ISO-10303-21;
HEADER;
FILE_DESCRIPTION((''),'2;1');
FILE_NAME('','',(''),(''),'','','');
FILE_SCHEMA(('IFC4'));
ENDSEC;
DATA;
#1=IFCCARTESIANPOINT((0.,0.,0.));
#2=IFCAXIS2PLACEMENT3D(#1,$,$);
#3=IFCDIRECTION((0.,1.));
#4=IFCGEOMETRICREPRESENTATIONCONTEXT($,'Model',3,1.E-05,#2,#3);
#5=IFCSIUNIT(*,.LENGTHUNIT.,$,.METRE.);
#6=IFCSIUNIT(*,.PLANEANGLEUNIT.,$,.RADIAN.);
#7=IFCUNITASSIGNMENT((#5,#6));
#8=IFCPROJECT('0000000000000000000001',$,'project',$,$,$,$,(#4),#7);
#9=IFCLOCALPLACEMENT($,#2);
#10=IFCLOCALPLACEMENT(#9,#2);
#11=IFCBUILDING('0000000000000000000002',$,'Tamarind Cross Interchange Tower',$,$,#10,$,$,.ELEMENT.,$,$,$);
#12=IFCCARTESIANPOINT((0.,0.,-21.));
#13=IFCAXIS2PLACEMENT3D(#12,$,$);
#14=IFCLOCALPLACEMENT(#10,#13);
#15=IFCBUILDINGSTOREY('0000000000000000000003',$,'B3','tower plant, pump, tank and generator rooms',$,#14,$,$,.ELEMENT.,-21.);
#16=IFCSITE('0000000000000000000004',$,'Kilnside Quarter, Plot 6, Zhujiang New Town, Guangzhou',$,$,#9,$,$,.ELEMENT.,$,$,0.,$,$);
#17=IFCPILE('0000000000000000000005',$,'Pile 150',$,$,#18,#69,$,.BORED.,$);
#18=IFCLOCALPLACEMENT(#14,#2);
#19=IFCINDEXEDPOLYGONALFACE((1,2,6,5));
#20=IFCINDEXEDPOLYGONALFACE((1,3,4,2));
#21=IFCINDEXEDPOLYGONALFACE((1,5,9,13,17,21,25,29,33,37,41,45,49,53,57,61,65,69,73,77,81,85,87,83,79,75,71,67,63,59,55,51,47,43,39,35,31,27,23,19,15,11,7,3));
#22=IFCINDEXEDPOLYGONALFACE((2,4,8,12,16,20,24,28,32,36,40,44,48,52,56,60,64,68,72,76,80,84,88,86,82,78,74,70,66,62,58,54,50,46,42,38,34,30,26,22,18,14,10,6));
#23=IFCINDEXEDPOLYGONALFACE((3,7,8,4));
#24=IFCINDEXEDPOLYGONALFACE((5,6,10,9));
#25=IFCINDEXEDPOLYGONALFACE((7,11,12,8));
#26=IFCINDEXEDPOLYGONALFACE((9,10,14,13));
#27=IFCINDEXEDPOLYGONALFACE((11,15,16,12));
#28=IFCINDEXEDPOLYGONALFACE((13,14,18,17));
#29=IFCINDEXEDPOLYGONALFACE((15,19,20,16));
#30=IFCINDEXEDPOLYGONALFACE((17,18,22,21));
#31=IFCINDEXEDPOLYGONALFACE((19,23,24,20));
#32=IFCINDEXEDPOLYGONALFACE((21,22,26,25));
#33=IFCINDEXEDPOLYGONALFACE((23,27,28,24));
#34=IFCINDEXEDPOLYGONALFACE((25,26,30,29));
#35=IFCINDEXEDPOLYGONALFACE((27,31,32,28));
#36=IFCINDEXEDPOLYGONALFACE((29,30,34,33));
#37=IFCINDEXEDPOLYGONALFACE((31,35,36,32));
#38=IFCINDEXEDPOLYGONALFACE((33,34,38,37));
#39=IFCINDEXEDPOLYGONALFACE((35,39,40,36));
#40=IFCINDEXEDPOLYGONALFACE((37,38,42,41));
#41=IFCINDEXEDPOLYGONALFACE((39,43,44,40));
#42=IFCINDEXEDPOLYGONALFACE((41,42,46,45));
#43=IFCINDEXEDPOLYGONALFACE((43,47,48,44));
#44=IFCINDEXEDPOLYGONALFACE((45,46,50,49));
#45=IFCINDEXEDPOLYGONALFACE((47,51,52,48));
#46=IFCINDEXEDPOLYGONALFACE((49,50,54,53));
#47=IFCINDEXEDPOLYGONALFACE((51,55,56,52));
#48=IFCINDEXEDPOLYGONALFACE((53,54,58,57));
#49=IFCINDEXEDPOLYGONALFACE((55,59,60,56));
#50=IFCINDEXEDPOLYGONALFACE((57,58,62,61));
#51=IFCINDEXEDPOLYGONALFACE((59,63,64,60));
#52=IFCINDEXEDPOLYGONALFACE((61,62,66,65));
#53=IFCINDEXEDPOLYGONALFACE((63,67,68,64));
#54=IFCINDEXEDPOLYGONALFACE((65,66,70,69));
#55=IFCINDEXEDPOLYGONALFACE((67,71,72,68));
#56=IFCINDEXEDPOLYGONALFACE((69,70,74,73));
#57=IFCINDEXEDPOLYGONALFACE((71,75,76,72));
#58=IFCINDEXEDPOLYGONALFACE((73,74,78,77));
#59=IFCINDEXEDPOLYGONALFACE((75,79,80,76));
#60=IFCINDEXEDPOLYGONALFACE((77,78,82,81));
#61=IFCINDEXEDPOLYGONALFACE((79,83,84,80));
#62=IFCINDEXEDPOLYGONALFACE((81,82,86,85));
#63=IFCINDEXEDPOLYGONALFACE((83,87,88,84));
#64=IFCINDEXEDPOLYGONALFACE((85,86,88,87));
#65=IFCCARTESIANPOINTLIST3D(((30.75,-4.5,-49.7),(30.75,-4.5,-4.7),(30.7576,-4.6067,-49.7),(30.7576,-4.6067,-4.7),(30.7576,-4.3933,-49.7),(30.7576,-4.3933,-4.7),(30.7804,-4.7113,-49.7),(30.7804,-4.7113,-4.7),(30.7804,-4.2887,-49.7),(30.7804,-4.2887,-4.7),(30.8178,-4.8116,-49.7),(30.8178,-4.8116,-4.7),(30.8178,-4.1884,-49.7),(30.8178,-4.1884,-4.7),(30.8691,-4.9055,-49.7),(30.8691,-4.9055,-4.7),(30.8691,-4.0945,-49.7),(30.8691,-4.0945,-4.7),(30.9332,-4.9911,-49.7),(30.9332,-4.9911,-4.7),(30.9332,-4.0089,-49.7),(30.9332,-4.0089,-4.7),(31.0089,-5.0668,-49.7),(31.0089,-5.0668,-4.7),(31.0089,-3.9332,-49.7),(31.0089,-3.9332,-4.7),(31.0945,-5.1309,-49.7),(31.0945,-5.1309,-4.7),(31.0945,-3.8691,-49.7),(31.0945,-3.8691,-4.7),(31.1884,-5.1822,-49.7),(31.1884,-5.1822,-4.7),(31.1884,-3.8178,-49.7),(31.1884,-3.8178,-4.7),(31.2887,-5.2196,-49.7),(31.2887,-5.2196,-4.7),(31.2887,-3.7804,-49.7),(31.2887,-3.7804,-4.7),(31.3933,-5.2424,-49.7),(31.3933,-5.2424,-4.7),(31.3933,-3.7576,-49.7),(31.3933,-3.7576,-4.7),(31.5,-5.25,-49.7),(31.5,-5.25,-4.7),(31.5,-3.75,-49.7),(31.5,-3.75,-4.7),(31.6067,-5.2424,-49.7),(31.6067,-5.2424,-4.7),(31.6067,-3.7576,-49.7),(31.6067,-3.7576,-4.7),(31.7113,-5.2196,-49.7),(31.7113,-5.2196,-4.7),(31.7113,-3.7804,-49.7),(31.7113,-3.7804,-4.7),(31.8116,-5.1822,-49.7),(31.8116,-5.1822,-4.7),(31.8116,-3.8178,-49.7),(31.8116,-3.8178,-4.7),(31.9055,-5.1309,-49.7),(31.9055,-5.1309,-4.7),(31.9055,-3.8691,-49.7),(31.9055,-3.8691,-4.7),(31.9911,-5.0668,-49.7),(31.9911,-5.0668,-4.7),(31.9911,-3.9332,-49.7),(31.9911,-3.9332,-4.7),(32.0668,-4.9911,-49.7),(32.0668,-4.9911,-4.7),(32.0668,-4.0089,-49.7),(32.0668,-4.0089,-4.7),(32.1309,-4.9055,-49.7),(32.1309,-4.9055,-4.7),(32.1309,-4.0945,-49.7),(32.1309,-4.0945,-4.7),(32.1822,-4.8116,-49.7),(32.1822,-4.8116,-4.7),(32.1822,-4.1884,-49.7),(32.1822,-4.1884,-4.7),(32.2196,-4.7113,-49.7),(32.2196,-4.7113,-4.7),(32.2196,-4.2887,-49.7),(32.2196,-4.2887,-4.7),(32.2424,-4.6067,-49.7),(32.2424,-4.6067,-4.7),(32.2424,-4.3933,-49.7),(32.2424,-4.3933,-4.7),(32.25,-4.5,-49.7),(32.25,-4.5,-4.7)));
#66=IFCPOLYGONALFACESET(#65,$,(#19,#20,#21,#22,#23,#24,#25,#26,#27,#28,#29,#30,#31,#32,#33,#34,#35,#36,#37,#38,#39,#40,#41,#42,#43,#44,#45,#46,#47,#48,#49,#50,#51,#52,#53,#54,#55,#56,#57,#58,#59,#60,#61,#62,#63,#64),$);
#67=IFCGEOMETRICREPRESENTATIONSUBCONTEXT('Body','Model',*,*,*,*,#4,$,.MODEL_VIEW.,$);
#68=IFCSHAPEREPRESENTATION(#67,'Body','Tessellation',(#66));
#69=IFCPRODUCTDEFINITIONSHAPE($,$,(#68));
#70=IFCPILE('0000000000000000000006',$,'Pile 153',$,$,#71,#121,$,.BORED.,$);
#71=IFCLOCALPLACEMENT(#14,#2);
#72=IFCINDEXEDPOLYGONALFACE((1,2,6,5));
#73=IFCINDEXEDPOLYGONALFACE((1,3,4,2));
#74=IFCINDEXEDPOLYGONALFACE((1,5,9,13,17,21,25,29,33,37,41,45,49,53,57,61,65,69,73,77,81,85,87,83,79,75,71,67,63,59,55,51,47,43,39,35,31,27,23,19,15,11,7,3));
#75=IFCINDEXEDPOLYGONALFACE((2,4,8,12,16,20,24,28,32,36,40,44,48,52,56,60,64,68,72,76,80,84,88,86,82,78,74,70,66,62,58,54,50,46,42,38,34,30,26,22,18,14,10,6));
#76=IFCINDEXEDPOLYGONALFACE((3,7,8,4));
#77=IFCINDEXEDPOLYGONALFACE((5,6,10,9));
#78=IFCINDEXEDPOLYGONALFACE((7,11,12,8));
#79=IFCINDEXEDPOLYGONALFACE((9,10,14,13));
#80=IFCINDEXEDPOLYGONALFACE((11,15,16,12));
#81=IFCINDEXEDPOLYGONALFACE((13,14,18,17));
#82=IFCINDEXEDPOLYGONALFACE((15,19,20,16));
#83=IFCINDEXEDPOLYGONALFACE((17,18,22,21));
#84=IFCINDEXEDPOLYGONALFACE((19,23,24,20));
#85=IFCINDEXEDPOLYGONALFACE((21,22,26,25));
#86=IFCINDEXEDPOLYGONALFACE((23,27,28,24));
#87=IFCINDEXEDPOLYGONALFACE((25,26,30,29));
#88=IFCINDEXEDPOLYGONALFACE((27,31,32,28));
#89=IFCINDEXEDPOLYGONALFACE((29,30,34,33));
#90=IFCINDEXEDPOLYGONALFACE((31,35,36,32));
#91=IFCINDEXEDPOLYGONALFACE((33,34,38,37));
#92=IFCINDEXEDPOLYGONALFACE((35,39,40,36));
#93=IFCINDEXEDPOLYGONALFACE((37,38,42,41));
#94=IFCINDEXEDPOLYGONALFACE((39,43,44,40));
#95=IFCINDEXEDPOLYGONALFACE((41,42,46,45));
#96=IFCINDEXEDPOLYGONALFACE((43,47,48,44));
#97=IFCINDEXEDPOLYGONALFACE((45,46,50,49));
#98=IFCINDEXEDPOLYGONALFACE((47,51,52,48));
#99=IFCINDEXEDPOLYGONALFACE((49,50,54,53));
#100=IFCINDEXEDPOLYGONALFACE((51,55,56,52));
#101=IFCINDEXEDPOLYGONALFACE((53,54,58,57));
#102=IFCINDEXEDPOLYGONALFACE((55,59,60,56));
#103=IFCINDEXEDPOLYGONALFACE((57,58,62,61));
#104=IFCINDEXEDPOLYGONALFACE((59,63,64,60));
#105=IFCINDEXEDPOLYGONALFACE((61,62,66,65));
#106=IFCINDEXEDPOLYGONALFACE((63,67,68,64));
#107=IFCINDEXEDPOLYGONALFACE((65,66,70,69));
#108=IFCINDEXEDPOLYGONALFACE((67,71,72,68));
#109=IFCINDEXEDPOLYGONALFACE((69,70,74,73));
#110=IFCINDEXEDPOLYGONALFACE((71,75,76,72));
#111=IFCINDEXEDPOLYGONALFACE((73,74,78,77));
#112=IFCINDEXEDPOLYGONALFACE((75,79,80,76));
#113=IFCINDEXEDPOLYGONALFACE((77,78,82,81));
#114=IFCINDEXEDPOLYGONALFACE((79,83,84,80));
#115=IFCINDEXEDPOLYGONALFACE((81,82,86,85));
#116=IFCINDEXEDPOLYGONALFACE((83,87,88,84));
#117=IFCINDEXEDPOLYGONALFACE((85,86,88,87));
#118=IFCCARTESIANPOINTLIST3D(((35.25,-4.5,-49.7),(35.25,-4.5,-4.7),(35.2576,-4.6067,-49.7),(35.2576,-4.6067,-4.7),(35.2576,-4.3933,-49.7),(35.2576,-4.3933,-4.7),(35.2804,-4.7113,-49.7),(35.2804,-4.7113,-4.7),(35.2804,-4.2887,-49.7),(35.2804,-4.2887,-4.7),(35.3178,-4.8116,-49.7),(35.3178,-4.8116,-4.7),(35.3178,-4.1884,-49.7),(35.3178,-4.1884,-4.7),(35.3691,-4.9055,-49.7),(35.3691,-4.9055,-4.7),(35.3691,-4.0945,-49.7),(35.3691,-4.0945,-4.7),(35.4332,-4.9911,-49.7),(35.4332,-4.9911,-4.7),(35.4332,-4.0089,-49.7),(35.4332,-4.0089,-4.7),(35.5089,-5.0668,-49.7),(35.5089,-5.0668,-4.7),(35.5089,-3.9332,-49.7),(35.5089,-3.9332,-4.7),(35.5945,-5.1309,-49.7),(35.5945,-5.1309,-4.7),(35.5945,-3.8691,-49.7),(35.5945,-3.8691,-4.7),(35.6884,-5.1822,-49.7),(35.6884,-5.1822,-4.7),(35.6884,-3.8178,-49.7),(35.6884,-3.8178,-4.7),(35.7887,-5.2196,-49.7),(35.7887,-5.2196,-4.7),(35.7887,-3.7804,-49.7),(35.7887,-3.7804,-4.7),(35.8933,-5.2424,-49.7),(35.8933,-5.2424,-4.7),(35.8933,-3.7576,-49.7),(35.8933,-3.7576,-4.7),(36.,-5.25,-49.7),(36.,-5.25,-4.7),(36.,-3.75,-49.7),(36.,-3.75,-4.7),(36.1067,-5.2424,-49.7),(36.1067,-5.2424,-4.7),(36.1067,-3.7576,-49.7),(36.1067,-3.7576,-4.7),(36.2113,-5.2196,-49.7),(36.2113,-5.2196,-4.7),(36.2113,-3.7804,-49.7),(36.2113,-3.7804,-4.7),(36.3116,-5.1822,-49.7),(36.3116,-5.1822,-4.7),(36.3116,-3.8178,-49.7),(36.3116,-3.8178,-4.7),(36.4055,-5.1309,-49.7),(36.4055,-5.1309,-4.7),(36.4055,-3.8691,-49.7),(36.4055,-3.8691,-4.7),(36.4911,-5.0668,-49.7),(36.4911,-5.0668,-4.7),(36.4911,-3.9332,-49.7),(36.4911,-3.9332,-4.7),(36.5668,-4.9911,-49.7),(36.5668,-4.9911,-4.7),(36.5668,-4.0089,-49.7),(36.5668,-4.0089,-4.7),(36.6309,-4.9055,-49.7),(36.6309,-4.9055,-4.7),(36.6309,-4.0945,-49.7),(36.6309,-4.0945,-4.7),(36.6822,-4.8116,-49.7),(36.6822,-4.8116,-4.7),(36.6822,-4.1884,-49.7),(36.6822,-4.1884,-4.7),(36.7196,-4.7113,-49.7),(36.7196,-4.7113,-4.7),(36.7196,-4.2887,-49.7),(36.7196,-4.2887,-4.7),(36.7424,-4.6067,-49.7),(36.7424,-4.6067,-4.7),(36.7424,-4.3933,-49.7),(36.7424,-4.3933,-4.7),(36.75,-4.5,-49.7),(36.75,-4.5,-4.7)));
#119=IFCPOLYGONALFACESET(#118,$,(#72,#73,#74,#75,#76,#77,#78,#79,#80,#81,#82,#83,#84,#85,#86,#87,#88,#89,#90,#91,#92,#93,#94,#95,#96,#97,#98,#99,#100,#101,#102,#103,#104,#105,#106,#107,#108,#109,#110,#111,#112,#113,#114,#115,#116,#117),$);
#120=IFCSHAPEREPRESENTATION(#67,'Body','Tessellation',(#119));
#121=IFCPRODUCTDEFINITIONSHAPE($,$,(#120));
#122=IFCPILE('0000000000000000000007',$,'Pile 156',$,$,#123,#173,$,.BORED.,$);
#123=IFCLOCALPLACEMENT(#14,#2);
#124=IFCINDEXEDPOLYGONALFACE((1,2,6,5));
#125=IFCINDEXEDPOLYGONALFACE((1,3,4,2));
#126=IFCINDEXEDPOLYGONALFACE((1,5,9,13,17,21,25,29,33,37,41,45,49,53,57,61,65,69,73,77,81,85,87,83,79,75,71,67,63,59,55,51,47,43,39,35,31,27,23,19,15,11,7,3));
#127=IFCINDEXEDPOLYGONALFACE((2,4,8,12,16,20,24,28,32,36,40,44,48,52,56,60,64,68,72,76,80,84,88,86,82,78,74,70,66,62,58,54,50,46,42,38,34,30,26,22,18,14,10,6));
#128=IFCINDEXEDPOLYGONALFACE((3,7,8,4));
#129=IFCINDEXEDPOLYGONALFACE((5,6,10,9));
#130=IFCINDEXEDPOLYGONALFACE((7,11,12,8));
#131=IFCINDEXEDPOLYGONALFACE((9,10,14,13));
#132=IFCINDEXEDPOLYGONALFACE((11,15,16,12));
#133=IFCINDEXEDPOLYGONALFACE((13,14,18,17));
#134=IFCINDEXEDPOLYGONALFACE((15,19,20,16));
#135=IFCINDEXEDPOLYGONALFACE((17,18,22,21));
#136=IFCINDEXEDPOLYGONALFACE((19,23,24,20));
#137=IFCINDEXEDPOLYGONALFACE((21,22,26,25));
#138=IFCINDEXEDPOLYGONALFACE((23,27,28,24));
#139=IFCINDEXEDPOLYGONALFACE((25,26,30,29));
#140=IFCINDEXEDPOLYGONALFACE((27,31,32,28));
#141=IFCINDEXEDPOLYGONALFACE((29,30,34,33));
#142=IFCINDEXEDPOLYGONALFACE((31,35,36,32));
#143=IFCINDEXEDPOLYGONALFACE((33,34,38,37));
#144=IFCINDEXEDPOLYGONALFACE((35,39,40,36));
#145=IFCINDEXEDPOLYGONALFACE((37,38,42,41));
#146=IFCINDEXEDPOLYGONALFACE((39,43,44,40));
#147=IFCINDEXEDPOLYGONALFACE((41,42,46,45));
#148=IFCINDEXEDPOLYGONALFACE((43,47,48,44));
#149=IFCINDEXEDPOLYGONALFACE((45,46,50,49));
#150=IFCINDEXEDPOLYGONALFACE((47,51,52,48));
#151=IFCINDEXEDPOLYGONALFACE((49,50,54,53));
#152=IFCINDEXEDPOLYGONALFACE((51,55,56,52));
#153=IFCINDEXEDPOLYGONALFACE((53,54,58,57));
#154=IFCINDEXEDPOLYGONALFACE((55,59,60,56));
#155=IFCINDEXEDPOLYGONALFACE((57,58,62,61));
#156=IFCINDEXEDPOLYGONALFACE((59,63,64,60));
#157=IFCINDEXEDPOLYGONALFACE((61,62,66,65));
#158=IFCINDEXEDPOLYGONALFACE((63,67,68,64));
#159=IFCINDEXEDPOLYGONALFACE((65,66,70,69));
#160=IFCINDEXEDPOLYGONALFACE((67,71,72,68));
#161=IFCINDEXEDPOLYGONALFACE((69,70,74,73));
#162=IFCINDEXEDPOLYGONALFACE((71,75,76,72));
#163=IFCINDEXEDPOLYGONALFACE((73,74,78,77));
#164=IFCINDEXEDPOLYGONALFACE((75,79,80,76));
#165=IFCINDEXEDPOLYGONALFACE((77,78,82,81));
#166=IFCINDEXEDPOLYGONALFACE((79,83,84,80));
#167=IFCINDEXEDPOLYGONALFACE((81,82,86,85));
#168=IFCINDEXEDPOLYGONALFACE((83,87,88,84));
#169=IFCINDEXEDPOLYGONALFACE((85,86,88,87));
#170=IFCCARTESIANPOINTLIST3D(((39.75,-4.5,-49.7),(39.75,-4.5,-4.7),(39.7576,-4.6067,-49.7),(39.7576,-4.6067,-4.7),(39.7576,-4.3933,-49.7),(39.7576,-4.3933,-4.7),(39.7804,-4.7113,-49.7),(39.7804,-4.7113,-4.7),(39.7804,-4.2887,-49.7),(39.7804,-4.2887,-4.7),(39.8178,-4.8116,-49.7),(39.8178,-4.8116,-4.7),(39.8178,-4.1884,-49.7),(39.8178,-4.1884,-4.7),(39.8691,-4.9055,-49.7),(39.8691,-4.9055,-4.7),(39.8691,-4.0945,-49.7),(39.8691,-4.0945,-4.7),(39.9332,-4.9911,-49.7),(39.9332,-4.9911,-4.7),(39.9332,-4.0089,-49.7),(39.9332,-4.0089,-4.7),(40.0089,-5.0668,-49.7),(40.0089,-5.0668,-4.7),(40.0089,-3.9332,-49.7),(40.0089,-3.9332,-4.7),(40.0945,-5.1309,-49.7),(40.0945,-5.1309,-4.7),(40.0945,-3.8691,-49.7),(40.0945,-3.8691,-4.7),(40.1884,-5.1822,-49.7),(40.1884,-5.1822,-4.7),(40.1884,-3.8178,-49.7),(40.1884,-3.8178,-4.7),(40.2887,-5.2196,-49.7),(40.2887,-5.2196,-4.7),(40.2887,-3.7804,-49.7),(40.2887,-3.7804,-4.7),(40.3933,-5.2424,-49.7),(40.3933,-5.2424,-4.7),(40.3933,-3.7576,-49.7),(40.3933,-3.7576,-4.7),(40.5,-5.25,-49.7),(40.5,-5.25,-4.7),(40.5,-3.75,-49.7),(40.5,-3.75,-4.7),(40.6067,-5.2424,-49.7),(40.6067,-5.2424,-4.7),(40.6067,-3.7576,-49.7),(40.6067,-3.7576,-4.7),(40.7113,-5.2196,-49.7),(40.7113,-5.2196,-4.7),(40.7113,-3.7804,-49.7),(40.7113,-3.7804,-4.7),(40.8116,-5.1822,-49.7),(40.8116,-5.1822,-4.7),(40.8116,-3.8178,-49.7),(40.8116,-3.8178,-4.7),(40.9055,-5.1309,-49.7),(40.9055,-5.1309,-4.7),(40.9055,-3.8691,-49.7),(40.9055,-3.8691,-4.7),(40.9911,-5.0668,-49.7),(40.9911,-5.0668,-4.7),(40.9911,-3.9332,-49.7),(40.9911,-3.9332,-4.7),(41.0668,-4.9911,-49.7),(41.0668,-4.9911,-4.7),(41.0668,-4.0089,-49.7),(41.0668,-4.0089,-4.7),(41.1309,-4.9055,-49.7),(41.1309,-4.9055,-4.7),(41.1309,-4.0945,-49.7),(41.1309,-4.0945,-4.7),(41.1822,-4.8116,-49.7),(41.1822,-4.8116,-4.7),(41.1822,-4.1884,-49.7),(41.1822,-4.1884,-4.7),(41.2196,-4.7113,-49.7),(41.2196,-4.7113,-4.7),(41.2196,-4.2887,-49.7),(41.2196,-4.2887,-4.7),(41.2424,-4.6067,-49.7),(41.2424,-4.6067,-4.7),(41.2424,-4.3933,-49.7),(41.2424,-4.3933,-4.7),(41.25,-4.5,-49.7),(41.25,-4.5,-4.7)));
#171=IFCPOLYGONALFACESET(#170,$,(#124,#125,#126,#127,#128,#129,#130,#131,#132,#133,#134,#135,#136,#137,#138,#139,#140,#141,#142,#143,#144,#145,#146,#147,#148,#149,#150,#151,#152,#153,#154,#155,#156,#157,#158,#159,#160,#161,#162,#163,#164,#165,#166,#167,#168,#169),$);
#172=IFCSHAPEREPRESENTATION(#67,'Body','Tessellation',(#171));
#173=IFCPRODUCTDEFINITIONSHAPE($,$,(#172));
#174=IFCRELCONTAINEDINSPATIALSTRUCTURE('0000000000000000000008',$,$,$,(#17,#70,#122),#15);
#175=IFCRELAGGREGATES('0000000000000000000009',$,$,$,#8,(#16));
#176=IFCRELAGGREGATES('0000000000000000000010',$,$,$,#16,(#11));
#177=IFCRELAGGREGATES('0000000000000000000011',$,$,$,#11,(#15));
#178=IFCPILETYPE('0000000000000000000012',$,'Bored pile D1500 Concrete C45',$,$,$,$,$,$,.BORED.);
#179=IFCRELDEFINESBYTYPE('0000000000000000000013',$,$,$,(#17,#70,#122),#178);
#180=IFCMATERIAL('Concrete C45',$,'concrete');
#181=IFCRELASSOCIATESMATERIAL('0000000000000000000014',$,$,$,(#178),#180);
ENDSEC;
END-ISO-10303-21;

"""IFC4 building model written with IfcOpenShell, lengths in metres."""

from ifc_helpers import new_model, si_unit, direction, frame, origin, origin_2d, place, context, subcontext, project, spatial, circle, extrude, material, material_profile, profile_set, type_object, element, save


model = new_model("IFC4")

# Units and contexts
model_context = context("Model", 3, precision=1e-05, world=origin(), true_north=direction((0.0, 1.0)))
body_context = subcontext(model_context, "Body", "Model", "MODEL_VIEW")
ifc_project = project(units=[si_unit("LENGTHUNIT", "METRE"), si_unit("PLANEANGLEUNIT", "RADIAN")], contexts=[model_context])

# Site, building, storey
site_placement = place(None, origin())
site = spatial("IfcSite", under=ifc_project, at=site_placement, Name="Kilnside Quarter, Plot 6, Zhujiang New Town, Guangzhou", CompositionType="ELEMENT", RefElevation=0.0)
building_placement = place(site_placement, origin())
building = spatial("IfcBuilding", under=site, at=building_placement, Name="Tamarind Cross Interchange Tower", CompositionType="ELEMENT")
storey_placement = place(building_placement, frame((0.0, 0.0, -21.0)))
storey = spatial("IfcBuildingStorey", under=building, at=storey_placement, Name="B3", Description="tower plant, pump, tank and generator rooms", CompositionType="ELEMENT", Elevation=-21.0)

# Piles
ifc_material_1 = material(Name="Concrete C45", Category="concrete")
ifc_material_profile_1 = material_profile(ifc_material_1, circle(Radius=0.75, at=origin_2d()), Name="RC D1500")
ifc_profile_set_1 = profile_set([ifc_material_profile_1], Name="Concrete C45")
pile_type = type_object("IfcPileType", Name="Bored pile D1500 Concrete C45", PredefinedType="BORED", material=ifc_profile_set_1)
for number, where, z_axis, x_axis, name in (
    (1, (31.5, -4.5, -4.7), (0.0, 0.0, -1.0), (1.0, 0.0, 0.0), "Pile 150"),
    (2, (36.0, -4.5, -4.7), (0.0, 0.0, -1.0), (1.0, 0.0, 0.0), "Pile 153"),
    (3, (40.5, -4.5, -4.7), (0.0, 0.0, -1.0), (1.0, 0.0, 0.0), "Pile 156"),
):
    element("IfcPile", number, at=place(storey_placement, frame(where, z_axis=z_axis, x_axis=x_axis)), inside=storey, type_object=pile_type, Name=name, PredefinedType="BORED", context=body_context, shape_type="SweptSolid", body=[
        extrude(circle(Radius=0.75, at=origin_2d()), origin(), (0.0, 0.0, 1.0), 45.0),
    ])

save(model, "model.ifc")
